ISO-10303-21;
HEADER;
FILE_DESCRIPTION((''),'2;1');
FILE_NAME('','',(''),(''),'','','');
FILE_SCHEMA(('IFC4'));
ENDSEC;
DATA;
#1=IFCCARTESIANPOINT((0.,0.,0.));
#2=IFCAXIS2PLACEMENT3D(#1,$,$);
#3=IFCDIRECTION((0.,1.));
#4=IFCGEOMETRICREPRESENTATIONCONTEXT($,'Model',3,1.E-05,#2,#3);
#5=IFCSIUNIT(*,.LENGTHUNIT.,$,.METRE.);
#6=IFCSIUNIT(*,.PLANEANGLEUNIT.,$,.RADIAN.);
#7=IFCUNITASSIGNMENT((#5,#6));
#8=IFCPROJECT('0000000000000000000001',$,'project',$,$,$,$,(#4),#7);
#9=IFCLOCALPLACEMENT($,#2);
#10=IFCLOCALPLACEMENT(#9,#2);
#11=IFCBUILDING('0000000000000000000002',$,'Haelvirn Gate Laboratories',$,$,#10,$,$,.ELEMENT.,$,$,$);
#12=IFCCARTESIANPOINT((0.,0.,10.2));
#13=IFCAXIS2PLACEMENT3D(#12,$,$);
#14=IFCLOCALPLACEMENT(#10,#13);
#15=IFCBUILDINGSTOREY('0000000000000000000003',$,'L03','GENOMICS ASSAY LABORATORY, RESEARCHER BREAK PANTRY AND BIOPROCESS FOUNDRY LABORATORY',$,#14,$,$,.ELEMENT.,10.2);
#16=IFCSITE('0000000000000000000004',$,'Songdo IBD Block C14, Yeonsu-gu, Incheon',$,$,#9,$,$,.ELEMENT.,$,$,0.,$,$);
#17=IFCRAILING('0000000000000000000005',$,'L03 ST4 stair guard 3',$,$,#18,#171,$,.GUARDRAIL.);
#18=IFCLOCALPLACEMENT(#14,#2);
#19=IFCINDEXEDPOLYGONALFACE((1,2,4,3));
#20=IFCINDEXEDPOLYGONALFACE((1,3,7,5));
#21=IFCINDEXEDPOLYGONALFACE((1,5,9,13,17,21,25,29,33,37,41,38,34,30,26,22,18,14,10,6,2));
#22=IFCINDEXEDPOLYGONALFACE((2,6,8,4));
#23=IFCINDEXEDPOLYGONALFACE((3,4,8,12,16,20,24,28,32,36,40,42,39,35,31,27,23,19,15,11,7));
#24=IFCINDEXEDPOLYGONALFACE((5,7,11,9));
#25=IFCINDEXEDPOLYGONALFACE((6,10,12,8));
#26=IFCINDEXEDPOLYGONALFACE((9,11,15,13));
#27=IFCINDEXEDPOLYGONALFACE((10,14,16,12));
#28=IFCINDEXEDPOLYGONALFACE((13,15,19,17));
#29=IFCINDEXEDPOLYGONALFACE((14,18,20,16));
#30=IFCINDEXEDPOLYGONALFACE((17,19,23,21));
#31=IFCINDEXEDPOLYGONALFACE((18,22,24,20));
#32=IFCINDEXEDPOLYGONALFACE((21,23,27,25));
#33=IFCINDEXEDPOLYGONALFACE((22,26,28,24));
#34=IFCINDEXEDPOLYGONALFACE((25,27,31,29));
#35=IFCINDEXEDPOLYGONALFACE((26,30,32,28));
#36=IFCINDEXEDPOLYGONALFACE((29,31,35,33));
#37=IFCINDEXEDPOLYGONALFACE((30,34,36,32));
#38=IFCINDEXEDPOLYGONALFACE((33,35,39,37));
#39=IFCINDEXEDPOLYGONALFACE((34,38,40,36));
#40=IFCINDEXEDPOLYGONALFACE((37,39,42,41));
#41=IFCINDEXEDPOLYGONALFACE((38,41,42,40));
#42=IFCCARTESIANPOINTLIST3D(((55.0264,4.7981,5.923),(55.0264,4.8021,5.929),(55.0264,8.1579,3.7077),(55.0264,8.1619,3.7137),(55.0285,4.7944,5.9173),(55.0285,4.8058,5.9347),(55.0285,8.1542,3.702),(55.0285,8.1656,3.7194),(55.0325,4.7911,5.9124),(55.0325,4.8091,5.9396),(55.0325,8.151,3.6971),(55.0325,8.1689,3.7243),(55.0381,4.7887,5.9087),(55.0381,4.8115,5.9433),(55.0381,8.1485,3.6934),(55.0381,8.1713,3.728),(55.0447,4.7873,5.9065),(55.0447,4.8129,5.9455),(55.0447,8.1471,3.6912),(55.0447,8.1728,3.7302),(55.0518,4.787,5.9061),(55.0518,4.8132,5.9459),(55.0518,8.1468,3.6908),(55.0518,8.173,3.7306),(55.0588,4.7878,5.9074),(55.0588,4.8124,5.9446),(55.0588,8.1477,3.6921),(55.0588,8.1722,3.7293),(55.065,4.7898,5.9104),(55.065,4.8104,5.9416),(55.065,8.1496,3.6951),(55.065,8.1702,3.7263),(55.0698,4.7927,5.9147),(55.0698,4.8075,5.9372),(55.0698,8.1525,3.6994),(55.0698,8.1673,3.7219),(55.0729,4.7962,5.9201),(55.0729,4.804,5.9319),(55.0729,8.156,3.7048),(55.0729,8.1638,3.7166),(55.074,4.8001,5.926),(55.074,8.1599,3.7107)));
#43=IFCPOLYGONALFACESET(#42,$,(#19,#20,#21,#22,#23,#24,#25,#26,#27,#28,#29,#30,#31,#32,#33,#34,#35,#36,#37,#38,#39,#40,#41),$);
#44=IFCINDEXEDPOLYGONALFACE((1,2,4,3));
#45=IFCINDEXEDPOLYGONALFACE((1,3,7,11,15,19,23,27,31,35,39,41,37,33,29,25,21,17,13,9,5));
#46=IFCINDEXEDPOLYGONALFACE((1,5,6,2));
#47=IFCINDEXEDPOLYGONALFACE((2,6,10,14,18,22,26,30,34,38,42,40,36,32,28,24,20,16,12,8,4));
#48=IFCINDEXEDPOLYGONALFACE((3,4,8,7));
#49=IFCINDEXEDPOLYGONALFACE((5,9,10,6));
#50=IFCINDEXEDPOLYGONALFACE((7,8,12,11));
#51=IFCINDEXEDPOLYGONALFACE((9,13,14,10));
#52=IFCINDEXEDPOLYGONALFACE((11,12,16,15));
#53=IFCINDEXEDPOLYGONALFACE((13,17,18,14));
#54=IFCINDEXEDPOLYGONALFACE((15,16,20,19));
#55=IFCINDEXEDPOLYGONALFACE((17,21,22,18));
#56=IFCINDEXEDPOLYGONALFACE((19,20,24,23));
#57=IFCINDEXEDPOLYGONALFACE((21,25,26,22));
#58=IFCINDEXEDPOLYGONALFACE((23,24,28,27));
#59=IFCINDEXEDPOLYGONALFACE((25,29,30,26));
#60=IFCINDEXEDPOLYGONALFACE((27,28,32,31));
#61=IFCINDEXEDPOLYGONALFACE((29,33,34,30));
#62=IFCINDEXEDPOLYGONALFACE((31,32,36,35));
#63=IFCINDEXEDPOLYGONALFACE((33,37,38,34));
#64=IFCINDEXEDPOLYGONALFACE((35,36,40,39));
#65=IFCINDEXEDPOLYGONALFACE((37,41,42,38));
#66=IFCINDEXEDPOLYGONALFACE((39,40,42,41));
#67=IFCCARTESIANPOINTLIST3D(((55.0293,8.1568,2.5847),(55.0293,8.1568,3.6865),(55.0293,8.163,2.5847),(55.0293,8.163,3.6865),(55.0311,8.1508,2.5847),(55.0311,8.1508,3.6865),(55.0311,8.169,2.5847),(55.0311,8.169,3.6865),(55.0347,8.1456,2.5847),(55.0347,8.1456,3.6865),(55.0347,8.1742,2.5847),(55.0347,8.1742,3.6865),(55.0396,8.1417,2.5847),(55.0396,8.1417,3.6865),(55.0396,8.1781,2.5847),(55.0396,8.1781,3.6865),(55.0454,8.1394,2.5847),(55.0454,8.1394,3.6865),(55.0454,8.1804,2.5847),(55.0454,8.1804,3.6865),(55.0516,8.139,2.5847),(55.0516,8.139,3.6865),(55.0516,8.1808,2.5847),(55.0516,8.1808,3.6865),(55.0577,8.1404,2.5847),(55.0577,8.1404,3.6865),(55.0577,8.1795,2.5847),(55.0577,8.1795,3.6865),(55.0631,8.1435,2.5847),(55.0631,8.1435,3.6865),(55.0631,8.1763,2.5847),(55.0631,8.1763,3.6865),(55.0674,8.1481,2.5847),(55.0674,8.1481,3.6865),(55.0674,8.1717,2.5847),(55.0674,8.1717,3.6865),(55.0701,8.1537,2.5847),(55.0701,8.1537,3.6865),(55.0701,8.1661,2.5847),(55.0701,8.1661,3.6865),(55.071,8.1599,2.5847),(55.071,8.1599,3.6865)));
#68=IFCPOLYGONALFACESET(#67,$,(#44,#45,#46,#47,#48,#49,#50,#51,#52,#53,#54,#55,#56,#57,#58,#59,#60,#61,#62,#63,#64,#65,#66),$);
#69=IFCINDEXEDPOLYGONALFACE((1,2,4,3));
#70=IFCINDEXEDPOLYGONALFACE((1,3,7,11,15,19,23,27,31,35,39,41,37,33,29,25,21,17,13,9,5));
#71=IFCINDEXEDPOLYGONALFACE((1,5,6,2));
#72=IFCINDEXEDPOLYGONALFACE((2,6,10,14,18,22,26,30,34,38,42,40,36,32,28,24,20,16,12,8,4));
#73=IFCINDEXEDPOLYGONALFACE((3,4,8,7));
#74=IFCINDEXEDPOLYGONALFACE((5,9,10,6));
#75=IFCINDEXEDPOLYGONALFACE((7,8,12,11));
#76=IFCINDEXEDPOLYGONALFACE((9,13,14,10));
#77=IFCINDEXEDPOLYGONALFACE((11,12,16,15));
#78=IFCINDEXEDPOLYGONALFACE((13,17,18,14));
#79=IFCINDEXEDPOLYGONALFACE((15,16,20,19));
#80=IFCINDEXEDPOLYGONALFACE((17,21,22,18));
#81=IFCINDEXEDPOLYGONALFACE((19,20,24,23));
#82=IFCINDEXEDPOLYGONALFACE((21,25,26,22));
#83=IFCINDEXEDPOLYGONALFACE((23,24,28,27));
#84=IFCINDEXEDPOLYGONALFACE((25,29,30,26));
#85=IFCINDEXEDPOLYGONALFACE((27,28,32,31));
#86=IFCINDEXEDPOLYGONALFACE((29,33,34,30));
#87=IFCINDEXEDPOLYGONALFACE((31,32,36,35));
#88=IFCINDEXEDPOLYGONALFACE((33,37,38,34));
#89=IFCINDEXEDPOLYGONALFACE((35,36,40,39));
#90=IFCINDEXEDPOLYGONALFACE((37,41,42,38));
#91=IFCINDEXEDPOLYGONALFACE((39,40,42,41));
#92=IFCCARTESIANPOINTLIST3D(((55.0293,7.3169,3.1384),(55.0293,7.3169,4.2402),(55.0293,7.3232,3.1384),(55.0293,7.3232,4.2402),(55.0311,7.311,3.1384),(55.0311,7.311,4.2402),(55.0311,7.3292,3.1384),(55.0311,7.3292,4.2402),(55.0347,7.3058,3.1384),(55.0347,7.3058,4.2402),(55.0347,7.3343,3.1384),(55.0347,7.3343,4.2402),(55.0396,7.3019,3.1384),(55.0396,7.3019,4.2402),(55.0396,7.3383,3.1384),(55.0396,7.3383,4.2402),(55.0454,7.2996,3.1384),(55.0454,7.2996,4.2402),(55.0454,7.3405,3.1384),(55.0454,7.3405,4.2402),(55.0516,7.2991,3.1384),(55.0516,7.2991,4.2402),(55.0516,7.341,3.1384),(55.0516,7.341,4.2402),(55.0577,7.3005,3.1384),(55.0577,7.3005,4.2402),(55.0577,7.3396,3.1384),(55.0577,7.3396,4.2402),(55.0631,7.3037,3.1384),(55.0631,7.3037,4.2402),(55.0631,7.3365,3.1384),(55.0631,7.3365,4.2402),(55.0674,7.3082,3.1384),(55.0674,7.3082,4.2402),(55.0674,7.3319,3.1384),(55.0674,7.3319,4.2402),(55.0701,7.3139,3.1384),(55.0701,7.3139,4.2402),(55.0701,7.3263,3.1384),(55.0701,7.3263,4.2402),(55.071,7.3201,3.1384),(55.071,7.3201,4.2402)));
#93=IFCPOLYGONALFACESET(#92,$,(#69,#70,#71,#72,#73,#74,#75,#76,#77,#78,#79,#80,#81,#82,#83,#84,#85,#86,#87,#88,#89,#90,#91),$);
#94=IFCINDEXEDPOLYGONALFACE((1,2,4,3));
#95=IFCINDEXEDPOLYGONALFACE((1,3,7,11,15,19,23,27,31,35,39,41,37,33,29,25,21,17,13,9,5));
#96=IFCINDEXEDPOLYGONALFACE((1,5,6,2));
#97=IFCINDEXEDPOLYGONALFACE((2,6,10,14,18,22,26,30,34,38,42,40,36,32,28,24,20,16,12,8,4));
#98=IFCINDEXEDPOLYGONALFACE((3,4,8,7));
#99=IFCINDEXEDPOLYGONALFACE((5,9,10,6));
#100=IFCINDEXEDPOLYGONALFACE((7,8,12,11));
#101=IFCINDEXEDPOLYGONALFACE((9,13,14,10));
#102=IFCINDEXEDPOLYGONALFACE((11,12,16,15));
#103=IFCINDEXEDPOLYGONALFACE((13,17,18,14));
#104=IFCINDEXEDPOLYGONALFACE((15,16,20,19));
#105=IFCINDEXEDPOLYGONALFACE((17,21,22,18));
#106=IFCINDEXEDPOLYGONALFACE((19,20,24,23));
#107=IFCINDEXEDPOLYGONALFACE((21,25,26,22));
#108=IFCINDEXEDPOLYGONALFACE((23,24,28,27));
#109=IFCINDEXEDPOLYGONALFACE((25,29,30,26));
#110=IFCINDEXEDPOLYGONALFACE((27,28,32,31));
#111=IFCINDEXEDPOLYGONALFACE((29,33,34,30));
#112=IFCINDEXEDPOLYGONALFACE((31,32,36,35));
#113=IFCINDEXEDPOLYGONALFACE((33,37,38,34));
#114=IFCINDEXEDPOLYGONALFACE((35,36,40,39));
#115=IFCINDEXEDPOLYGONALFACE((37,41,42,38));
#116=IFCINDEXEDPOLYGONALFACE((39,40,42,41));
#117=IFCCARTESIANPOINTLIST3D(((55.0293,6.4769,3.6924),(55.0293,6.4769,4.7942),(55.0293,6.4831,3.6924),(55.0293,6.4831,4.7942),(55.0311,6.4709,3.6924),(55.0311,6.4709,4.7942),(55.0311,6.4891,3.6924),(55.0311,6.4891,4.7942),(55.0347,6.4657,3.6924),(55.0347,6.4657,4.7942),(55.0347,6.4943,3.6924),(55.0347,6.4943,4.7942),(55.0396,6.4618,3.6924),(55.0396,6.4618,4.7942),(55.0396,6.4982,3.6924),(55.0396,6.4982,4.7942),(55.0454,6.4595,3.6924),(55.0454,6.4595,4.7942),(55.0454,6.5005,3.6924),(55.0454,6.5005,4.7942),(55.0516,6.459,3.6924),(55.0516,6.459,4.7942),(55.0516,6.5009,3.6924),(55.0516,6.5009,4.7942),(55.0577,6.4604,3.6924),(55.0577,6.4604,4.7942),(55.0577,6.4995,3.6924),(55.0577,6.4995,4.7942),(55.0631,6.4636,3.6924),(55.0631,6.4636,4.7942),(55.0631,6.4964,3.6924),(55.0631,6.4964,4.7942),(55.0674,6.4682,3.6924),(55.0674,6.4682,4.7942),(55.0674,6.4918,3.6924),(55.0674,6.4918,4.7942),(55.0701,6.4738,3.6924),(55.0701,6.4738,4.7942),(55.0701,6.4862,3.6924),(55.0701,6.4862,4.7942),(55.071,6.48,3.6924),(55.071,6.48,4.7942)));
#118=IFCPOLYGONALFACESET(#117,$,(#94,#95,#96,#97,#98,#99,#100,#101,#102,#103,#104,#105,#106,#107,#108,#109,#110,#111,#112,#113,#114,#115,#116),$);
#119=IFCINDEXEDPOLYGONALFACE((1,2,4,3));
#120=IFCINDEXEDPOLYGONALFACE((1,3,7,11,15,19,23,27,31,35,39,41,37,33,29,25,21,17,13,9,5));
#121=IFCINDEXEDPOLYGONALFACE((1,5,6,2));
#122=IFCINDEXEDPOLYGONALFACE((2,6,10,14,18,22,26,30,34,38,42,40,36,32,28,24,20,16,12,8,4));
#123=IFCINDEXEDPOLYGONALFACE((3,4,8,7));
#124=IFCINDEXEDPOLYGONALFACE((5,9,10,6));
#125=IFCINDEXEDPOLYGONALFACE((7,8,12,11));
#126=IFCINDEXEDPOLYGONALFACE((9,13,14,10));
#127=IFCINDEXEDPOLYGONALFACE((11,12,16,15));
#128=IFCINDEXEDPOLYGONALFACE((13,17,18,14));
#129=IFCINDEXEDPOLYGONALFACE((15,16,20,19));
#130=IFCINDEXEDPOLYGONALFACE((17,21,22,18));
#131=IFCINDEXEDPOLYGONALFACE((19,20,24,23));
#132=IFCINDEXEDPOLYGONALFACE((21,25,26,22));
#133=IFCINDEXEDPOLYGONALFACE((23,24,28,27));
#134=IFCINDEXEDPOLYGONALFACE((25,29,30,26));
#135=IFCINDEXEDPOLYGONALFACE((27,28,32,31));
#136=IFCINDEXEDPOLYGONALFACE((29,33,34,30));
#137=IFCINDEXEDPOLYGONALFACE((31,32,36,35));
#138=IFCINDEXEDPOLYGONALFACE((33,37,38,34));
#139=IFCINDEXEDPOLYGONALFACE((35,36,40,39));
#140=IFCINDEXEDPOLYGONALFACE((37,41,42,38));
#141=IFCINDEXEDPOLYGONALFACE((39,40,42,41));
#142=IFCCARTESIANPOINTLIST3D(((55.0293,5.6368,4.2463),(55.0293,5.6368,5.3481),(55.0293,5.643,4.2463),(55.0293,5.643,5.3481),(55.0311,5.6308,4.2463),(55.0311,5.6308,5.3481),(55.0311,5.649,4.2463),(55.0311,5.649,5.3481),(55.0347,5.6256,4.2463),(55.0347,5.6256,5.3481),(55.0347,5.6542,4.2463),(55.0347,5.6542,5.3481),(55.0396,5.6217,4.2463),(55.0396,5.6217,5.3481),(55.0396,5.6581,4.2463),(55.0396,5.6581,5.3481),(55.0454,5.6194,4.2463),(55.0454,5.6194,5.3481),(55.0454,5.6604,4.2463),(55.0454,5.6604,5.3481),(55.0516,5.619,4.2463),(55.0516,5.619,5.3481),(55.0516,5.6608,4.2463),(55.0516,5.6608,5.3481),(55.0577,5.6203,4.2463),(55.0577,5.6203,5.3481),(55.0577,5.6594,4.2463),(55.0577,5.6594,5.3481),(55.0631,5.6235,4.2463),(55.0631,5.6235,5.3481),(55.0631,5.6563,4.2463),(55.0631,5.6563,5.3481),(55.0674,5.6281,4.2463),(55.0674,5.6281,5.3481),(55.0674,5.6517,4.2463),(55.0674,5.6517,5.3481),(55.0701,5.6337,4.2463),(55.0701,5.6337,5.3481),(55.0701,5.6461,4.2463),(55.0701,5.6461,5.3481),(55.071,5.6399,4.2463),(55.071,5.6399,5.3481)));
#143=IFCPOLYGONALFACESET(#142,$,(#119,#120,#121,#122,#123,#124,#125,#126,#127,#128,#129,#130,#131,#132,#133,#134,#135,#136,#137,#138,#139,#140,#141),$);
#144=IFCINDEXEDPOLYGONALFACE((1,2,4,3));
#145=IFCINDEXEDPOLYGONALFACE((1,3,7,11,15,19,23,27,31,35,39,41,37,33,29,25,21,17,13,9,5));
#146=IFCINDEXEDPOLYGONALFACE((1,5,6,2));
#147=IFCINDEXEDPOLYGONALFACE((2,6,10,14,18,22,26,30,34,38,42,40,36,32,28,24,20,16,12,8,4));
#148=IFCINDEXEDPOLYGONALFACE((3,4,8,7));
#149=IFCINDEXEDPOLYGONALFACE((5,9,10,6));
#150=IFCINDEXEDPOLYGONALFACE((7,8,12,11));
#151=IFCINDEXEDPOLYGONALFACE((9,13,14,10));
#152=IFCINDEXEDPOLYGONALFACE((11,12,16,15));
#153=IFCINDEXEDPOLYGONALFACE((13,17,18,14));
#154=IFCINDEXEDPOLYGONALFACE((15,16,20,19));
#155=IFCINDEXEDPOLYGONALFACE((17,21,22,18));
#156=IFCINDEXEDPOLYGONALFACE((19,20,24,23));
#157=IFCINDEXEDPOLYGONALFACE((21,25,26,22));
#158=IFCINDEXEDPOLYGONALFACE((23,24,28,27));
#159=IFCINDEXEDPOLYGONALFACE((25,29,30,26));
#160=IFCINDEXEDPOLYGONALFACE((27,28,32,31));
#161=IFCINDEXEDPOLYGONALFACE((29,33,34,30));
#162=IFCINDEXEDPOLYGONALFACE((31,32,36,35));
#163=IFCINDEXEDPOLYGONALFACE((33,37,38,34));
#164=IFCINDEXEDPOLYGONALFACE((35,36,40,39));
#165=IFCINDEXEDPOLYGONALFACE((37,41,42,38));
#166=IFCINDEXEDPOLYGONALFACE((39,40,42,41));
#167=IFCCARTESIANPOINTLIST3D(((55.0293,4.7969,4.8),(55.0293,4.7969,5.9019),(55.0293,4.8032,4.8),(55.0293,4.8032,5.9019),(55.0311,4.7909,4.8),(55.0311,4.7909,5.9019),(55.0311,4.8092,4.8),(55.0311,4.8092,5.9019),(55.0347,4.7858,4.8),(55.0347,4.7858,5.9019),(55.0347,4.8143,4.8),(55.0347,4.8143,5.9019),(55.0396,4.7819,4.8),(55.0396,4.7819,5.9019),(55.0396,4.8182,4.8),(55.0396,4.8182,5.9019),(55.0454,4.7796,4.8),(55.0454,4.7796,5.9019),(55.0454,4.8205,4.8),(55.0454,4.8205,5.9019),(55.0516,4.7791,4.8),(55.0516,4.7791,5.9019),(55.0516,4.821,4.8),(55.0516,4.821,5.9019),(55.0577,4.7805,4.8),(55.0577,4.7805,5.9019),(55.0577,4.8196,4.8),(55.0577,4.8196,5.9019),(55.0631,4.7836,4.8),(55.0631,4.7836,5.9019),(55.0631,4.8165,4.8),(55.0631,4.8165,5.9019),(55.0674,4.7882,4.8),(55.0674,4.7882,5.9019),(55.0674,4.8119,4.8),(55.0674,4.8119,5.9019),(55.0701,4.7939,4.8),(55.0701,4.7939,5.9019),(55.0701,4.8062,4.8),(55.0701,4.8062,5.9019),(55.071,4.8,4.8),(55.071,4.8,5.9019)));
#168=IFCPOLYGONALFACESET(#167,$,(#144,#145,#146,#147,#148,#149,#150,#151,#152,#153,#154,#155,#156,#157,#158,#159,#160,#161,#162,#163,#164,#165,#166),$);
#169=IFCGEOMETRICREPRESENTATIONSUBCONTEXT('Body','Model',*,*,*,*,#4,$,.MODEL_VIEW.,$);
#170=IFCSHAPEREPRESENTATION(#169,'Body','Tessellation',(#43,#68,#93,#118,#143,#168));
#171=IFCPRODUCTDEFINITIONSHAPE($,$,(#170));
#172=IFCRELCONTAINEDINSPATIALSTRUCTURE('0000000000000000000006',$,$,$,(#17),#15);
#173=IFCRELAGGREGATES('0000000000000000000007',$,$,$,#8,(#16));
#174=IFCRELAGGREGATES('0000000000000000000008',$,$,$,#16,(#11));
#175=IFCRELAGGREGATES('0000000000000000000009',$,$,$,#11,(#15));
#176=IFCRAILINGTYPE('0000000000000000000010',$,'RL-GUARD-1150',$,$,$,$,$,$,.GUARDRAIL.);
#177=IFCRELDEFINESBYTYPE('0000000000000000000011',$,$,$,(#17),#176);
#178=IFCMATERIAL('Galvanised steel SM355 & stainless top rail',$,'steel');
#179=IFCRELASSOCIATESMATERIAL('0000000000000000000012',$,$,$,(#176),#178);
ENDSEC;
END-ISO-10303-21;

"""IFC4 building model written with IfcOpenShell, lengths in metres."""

from ifc_helpers import new_model, si_unit, direction, frame, origin, origin_2d, place, context, subcontext, project, spatial, circle, extrude, source, transform, mapped, material, type_object, element, save


model = new_model("IFC4")

# Units and contexts
model_context = context("Model", 3, precision=1e-05, world=origin(), true_north=direction((0.0, 1.0)))
body_context = subcontext(model_context, "Body", "Model", "MODEL_VIEW")
ifc_project = project(units=[si_unit("LENGTHUNIT", "METRE"), si_unit("PLANEANGLEUNIT", "RADIAN")], contexts=[model_context])

# Site, building, storey
site_placement = place(None, origin())
site = spatial("IfcSite", under=ifc_project, at=site_placement, Name="Songdo IBD Block C14, Yeonsu-gu, Incheon", CompositionType="ELEMENT", RefElevation=0.0)
building_placement = place(site_placement, origin())
building = spatial("IfcBuilding", under=site, at=building_placement, Name="Haelvirn Gate Laboratories", CompositionType="ELEMENT")
storey_placement = place(building_placement, frame((0.0, 0.0, 10.2)))
storey = spatial("IfcBuildingStorey", under=building, at=storey_placement, Name="L03", Description="GENOMICS ASSAY LABORATORY, RESEARCHER BREAK PANTRY AND BIOPROCESS FOUNDRY LABORATORY", CompositionType="ELEMENT", Elevation=10.2)

# Railing
ifc_material_1 = material(Name="Galvanised steel SM355 & stainless top rail", Category="steel")
railing_type_1 = type_object("IfcRailingType", Name="RL-GUARD-1150", PredefinedType="GUARDRAIL", material=ifc_material_1)
shared_shape_1 = source(origin(), body_context, "Body", "SweptSolid", [
    extrude(circle(Radius=0.0239, at=origin_2d()), frame((0.0, 0.0, 1.126), z_axis=(0.0, -0.834858, 0.550465), x_axis=(1.0, 0.0, 0.0)), (0.0, 0.0, 1.0), 4.0244),
    extrude(circle(Radius=0.021, at=origin_2d()), origin(), (0.0, 0.0, 1.0), 1.1018),
    extrude(circle(Radius=0.021, at=origin_2d()), frame((0.0, -0.8398, 0.5537)), (0.0, 0.0, 1.0), 1.1018),
    extrude(circle(Radius=0.021, at=origin_2d()), frame((0.0, -1.6799, 1.1077)), (0.0, 0.0, 1.0), 1.1018),
    extrude(circle(Radius=0.021, at=origin_2d()), frame((0.0, -2.52, 1.6616)), (0.0, 0.0, 1.0), 1.1018),
    extrude(circle(Radius=0.021, at=origin_2d()), frame((0.0, -3.3599, 2.2153)), (0.0, 0.0, 1.0), 1.1018),
])
railing_1_placement = place(storey_placement, frame((55.05, 8.1599, 2.5847)))
element("IfcRailing", 1, at=railing_1_placement, inside=storey, type_object=railing_type_1, Name="L03 ST4 stair guard 3", PredefinedType="GUARDRAIL", context=body_context, shape_type="MappedRepresentation", body=[
    mapped(shared_shape_1, transform((0.0, 0.0, 0.0), scale=1.0)),
])

save(model, "model.ifc")
